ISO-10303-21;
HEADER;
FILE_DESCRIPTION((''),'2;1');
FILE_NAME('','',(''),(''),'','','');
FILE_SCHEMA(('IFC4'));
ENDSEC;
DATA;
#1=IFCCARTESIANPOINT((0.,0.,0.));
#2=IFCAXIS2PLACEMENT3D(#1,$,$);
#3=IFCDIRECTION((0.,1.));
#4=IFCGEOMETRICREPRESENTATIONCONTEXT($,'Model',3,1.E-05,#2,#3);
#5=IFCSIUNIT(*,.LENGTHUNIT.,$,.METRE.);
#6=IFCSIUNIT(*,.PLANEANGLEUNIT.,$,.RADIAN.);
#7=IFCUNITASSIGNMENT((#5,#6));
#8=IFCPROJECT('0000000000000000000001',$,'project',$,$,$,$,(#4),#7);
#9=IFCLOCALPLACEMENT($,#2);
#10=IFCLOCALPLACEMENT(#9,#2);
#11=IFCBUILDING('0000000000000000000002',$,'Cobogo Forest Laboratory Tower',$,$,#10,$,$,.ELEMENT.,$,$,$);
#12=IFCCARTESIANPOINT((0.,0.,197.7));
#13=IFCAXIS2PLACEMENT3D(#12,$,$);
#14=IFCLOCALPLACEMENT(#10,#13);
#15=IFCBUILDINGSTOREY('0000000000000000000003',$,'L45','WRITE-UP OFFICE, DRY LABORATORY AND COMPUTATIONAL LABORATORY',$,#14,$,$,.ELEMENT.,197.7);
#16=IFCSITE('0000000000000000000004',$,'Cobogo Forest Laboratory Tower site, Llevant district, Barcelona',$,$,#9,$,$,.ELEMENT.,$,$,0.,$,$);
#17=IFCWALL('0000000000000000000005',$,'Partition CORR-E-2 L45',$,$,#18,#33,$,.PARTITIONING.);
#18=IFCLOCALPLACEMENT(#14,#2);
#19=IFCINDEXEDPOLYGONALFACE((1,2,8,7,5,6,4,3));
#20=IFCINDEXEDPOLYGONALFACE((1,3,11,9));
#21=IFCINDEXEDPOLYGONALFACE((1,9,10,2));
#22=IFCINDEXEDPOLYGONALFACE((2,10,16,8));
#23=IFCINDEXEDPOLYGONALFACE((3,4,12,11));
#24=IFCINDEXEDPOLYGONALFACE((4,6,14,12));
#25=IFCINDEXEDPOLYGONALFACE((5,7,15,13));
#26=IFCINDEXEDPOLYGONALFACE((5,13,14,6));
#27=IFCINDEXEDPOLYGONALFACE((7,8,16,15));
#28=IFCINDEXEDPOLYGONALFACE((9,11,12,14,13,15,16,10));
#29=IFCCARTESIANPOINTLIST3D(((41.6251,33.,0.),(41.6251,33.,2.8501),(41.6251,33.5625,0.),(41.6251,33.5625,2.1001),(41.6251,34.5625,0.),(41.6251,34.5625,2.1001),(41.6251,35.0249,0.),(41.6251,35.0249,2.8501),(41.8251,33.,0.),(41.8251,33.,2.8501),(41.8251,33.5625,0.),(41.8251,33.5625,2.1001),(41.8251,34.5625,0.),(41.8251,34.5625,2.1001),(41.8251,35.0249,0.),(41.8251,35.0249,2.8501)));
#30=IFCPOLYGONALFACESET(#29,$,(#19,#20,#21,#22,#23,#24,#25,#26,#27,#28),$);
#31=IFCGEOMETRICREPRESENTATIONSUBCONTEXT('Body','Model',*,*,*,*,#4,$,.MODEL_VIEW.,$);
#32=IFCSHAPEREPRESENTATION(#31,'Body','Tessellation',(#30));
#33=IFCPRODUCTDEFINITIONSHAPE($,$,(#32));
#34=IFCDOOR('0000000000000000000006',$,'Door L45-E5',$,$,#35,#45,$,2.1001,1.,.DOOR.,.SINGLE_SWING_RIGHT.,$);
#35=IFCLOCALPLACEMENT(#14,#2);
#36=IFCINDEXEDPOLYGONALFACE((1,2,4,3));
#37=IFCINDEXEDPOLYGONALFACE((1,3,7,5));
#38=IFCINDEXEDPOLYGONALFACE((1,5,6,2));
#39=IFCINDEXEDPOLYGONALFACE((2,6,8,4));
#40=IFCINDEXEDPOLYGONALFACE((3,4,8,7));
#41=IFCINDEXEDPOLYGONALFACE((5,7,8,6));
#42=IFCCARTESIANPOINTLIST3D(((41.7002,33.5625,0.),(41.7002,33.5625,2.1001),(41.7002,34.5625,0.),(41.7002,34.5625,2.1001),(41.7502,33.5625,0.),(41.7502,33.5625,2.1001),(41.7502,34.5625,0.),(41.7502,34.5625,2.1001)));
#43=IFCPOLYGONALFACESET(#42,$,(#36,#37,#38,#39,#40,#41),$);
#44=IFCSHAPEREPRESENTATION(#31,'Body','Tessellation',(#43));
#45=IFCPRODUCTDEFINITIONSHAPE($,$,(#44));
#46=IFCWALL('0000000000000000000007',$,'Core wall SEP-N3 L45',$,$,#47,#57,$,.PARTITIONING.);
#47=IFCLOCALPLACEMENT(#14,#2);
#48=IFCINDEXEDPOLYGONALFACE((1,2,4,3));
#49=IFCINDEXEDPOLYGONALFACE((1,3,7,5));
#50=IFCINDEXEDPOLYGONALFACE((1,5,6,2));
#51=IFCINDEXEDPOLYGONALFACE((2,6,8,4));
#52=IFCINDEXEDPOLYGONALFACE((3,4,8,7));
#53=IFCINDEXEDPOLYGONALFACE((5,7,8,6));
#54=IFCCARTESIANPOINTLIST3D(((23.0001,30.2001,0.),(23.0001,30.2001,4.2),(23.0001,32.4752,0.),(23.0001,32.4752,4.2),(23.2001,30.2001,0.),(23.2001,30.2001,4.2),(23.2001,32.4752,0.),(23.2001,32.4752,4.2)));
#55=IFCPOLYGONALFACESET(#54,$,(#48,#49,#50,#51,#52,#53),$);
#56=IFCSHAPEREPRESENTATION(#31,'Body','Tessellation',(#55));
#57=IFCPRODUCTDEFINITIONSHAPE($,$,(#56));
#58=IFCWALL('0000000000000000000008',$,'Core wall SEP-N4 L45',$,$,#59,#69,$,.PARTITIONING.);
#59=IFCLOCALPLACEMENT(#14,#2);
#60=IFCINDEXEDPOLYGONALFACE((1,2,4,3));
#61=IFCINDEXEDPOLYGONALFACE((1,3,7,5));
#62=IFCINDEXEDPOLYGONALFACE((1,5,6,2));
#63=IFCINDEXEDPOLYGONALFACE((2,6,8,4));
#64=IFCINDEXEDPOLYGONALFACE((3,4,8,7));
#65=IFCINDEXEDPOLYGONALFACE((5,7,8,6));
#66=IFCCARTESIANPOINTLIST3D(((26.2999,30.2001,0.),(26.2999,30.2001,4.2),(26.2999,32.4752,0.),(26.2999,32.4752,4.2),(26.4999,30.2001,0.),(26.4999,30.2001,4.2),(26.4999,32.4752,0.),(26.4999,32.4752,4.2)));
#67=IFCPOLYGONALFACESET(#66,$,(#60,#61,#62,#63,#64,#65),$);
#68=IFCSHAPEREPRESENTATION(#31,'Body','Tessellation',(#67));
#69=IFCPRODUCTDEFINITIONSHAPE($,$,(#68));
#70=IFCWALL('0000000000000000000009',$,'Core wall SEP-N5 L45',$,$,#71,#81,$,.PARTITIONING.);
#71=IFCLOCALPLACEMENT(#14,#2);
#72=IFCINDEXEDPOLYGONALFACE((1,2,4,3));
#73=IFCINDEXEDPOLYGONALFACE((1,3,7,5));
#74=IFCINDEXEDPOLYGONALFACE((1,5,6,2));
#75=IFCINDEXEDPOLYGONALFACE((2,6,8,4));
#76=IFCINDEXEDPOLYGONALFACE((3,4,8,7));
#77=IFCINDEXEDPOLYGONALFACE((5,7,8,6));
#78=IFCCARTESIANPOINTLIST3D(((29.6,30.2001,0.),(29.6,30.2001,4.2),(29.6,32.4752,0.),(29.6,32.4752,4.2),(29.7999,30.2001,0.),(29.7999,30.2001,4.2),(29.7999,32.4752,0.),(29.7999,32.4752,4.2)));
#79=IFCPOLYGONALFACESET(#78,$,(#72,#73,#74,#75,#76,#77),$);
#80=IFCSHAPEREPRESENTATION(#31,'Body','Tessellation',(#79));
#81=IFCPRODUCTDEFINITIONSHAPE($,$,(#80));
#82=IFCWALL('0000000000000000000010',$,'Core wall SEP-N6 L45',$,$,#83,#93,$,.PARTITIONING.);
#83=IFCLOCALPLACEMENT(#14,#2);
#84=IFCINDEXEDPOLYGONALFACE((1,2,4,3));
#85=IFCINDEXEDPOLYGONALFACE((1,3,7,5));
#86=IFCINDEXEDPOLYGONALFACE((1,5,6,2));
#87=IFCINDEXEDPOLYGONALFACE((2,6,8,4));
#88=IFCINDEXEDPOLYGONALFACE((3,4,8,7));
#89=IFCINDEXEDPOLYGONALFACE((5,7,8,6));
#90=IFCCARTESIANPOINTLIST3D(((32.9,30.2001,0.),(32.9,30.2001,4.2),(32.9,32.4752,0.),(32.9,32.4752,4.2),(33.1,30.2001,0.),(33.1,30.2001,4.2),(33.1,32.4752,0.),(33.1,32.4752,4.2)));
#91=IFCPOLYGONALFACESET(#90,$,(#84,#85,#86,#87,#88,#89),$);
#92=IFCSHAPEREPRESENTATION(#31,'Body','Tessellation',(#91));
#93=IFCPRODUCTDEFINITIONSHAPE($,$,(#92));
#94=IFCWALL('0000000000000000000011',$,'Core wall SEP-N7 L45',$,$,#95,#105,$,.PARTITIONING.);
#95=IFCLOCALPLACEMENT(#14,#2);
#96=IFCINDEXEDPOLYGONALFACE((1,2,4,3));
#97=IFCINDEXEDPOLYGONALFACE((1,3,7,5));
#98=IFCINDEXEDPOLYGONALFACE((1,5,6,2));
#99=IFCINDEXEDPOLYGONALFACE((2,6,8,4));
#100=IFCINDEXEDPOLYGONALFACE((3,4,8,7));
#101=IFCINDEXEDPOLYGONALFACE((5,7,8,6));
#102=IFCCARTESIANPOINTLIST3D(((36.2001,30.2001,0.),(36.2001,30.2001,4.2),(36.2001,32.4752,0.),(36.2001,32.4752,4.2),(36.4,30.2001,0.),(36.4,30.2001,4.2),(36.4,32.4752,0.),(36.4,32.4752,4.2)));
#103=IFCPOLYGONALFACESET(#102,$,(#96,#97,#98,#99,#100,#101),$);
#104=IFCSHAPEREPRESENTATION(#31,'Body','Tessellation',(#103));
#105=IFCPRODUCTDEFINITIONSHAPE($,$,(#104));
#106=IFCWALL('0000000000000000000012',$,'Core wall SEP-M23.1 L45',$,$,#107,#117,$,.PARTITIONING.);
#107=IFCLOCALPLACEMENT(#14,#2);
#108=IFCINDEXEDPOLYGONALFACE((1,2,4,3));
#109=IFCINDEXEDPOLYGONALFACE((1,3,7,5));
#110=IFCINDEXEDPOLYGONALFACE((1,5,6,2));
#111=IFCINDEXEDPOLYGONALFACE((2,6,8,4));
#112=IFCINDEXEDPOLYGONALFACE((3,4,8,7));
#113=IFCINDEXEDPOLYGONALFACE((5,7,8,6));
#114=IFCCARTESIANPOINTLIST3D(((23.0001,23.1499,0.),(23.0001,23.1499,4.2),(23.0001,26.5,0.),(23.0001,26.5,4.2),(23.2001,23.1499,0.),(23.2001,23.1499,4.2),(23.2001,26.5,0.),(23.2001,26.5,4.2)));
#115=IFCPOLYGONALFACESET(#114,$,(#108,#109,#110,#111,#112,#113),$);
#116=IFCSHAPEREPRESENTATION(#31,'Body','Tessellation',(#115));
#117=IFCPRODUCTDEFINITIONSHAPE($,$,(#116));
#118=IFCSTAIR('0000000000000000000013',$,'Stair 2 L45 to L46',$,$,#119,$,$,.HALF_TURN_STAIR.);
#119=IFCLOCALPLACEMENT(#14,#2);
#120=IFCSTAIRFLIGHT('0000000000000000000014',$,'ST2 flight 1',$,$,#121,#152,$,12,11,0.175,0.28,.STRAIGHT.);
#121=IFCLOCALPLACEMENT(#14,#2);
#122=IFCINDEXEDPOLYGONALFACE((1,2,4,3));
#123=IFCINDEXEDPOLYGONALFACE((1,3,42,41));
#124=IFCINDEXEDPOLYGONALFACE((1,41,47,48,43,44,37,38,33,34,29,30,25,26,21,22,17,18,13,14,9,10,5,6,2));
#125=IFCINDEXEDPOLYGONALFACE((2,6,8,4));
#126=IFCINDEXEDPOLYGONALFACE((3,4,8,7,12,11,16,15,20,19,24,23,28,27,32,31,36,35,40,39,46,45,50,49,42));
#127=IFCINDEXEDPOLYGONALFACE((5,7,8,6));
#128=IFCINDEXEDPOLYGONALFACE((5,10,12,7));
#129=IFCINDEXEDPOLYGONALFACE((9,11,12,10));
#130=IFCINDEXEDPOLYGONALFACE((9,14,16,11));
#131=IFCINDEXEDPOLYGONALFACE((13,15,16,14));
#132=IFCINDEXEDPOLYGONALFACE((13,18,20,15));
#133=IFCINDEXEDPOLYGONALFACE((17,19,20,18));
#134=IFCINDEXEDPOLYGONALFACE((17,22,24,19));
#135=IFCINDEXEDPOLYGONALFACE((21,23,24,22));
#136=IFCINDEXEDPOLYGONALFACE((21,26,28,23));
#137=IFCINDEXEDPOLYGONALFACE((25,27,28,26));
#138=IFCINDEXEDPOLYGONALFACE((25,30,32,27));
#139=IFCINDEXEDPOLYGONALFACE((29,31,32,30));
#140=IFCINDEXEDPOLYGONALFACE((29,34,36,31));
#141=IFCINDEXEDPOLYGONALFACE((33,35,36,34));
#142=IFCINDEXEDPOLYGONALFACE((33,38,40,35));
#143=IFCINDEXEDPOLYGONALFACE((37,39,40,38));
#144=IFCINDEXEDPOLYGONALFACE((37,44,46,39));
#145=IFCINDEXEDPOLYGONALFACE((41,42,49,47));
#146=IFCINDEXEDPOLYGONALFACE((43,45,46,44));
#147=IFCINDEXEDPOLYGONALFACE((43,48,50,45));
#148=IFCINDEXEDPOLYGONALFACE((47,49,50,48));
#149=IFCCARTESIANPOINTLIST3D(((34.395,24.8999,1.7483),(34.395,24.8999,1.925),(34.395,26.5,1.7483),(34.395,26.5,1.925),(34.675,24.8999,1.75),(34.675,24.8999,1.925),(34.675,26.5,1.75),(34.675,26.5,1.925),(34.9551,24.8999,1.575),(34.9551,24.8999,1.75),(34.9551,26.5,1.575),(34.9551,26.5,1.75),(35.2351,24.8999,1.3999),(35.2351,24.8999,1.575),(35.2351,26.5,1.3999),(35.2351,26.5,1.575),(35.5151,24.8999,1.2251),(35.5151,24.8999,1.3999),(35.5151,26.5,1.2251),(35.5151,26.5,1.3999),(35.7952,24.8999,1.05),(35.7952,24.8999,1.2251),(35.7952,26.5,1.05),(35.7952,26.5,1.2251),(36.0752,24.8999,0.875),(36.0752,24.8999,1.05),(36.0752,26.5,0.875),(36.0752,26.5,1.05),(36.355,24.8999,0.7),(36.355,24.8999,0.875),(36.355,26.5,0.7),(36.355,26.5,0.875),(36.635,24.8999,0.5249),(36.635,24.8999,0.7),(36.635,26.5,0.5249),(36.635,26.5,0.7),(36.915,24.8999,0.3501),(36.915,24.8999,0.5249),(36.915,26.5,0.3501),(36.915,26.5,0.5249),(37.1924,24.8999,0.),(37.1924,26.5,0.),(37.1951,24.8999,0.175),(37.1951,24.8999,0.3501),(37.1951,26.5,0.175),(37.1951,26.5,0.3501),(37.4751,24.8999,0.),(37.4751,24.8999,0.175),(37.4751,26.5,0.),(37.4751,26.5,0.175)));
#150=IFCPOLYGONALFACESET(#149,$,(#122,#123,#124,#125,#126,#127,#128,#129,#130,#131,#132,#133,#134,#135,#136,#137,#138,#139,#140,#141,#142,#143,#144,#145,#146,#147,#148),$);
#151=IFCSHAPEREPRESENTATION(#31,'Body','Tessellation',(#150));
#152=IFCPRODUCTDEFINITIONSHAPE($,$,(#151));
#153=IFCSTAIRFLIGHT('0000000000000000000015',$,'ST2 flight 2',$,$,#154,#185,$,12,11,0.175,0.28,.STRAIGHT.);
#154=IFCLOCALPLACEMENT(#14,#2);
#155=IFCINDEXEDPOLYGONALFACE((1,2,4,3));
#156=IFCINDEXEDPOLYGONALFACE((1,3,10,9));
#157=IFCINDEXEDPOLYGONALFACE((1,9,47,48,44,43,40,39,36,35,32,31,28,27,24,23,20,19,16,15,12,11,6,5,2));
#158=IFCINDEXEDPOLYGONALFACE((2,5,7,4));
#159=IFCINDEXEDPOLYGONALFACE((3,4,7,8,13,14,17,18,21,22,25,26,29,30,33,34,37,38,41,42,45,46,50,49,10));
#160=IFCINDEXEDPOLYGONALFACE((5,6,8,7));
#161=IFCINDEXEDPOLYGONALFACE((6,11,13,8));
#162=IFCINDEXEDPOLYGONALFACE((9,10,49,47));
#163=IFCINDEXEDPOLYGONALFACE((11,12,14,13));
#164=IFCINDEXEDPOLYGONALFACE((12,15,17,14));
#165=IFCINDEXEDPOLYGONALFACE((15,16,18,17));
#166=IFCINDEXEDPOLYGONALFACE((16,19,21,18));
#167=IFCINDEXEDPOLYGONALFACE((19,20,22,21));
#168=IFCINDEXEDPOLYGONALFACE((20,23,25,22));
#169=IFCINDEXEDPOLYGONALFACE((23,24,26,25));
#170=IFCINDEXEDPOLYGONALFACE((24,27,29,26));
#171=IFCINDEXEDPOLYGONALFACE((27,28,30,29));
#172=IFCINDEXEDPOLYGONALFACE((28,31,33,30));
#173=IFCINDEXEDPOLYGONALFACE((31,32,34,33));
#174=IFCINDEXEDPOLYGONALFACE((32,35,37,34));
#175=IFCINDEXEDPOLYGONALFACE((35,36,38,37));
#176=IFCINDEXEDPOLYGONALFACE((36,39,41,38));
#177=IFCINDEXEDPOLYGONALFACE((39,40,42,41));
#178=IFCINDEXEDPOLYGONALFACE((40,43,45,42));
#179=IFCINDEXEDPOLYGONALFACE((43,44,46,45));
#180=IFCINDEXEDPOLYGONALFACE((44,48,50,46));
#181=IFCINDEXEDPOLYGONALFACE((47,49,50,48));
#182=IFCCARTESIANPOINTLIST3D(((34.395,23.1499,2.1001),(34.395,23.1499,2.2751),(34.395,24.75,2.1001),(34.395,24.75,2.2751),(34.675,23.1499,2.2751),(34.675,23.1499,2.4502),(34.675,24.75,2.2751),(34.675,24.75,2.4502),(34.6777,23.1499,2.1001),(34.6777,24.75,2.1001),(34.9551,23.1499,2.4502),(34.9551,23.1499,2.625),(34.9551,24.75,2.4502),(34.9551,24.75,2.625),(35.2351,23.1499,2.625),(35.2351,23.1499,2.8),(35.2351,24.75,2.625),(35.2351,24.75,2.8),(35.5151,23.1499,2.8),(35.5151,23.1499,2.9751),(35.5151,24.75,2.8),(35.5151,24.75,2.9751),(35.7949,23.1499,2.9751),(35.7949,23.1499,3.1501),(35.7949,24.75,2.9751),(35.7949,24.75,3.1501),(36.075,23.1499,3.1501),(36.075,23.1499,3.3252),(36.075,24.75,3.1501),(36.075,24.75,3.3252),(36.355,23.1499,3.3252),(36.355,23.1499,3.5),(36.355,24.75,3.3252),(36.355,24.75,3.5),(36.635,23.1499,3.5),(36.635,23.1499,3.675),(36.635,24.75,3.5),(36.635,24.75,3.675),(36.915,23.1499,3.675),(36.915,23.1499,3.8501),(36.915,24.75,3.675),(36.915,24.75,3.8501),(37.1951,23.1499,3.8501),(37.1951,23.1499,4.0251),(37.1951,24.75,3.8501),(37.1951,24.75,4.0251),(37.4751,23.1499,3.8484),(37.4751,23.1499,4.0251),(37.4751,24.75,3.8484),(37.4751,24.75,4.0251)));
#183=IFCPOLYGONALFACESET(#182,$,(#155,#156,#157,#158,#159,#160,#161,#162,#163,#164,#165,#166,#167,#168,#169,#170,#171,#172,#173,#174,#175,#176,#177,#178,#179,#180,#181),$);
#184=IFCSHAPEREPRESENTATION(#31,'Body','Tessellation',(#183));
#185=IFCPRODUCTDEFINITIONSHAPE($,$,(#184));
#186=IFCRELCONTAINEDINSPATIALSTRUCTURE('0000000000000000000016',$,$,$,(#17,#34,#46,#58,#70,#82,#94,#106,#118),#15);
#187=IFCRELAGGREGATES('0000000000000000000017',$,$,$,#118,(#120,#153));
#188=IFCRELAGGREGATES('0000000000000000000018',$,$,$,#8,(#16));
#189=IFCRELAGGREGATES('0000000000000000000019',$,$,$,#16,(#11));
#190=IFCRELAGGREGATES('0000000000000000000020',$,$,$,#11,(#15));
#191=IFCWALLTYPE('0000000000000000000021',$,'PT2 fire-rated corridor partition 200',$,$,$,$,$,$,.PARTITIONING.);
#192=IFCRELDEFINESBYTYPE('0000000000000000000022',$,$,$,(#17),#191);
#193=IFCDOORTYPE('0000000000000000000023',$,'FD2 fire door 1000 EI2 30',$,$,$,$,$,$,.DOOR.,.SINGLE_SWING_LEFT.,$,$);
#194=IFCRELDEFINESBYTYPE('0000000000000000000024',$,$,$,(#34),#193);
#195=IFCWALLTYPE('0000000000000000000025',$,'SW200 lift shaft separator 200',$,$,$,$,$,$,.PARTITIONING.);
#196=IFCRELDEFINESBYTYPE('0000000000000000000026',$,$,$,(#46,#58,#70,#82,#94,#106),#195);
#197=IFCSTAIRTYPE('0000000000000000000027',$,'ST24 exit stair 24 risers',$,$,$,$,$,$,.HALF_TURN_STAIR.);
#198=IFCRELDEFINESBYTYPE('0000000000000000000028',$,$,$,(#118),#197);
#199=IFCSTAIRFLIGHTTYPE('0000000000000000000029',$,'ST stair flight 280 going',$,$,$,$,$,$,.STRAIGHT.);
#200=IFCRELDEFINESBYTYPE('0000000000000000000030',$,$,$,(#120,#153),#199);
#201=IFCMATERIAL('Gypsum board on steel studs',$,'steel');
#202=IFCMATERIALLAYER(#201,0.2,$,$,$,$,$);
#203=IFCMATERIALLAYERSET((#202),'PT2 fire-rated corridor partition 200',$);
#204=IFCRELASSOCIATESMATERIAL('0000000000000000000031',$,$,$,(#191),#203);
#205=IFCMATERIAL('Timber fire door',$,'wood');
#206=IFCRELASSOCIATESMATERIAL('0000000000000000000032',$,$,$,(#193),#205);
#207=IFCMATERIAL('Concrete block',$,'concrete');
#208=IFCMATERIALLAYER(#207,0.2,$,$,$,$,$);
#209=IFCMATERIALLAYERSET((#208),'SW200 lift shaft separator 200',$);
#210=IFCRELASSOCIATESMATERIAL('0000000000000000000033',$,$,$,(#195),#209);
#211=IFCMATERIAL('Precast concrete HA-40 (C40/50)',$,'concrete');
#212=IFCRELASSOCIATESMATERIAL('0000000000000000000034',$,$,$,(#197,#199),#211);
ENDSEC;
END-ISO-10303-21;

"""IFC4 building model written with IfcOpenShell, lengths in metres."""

from ifc_helpers import new_model, si_unit, direction, frame, frame_2d, origin, place, context, subcontext, project, spatial, polyline, rectangle, outline, extrude, material, layer, layer_set, type_object, element, fill, aggregate, save


model = new_model("IFC4")

# Units and contexts
model_context = context("Model", 3, precision=1e-05, world=origin(), true_north=direction((0.0, 1.0)))
body_context = subcontext(model_context, "Body", "Model", "MODEL_VIEW")
ifc_project = project(units=[si_unit("LENGTHUNIT", "METRE"), si_unit("PLANEANGLEUNIT", "RADIAN")], contexts=[model_context])

# Site, building, storey
site_placement = place(None, origin())
site = spatial("IfcSite", under=ifc_project, at=site_placement, Name="Cobogo Forest Laboratory Tower site, Llevant district, Barcelona", CompositionType="ELEMENT", RefElevation=0.0)
building_placement = place(site_placement, origin())
building = spatial("IfcBuilding", under=site, at=building_placement, Name="Cobogo Forest Laboratory Tower", CompositionType="ELEMENT")
storey_placement = place(building_placement, frame((0.0, 0.0, 197.7)))
storey = spatial("IfcBuildingStorey", under=building, at=storey_placement, Name="L45", Description="WRITE-UP OFFICE, DRY LABORATORY AND COMPUTATIONAL LABORATORY", CompositionType="ELEMENT", Elevation=197.7)

# Shared definitions
ifc_material_1 = material(Name="Gypsum board on steel studs", Category="steel")

# Wall, opening, door
ifc_layer_1 = layer(ifc_material_1, 0.2)
ifc_layer_set_1 = layer_set([ifc_layer_1], Name="PT2 fire-rated corridor partition 200")
wall_type_1 = type_object("IfcWallType", Name="PT2 fire-rated corridor partition 200", PredefinedType="PARTITIONING", material=ifc_layer_set_1)
wall_1_placement = place(storey_placement, frame((41.7251, 33.0, 0.0), z_axis=(0.0, 0.0, 1.0), x_axis=(0.0, 1.0, 0.0)))
wall_1 = element("IfcWall", 1, at=wall_1_placement, inside=storey, type_object=wall_type_1, Name="Partition CORR-E-2 L45", PredefinedType="PARTITIONING", context=body_context, shape_type="SweptSolid", body=[
    extrude(rectangle(XDim=2.0249, YDim=0.2, at=frame_2d((1.0125, 0.0))), origin(), (0.0, 0.0, 1.0), 2.8501),
])
opening_placement = place(wall_1_placement, frame((0.5625, 0.0, 0.0)))
opening = element("IfcOpeningElement", 2, at=opening_placement, cuts=wall_1, PredefinedType="OPENING", context=body_context, shape_type="SweptSolid", body=[
    extrude(rectangle(XDim=1.0, YDim=2.1001, at=frame_2d((0.5, 1.05))), frame((0.0, 0.1099, 0.0), z_axis=(0.0, -1.0, 0.0), x_axis=(1.0, 0.0, 0.0)), (0.0, 0.0, 1.0), 0.22),
])
ifc_material_2 = material(Name="Timber fire door", Category="wood")
door_type = type_object("IfcDoorType", Name="FD2 fire door 1000 EI2 30", OperationType="SINGLE_SWING_LEFT", PredefinedType="DOOR", material=ifc_material_2)
door_placement = place(opening_placement, origin())
door = element("IfcDoor", 3, at=door_placement, inside=storey, type_object=door_type, Name="Door L45-E5", OperationType="SINGLE_SWING_RIGHT", OverallHeight=2.1001, OverallWidth=1.0, PredefinedType="DOOR", context=body_context, shape_type="SweptSolid", body=[
    extrude(rectangle(XDim=1.0, YDim=2.1001, at=frame_2d((0.5, 1.05))), frame((0.0, 0.0249, 0.0), z_axis=(0.0, -1.0, 0.0), x_axis=(1.0, 0.0, 0.0)), (0.0, 0.0, 1.0), 0.05),
])
fill(opening, door)

# Walls
ifc_material_3 = material(Name="Concrete block", Category="concrete")
ifc_layer_2 = layer(ifc_material_3, 0.2)
ifc_layer_set_2 = layer_set([ifc_layer_2], Name="SW200 lift shaft separator 200")
wall_type_2 = type_object("IfcWallType", Name="SW200 lift shaft separator 200", PredefinedType="PARTITIONING", material=ifc_layer_set_2)
for number, where, z_axis, x_axis, name in (
    (4, (23.1001, 30.2, 0.0), (0.0, 0.0, 1.0), (0.0, 1.0, 0.0), "Core wall SEP-N3 L45"),
    (5, (26.3999, 30.2, 0.0), (0.0, 0.0, 1.0), (0.0, 1.0, 0.0), "Core wall SEP-N4 L45"),
    (6, (29.7, 30.2, 0.0), (0.0, 0.0, 1.0), (0.0, 1.0, 0.0), "Core wall SEP-N5 L45"),
    (7, (33.0, 30.2, 0.0), (0.0, 0.0, 1.0), (0.0, 1.0, 0.0), "Core wall SEP-N6 L45"),
    (8, (36.3, 30.2, 0.0), (0.0, 0.0, 1.0), (0.0, 1.0, 0.0), "Core wall SEP-N7 L45"),
):
    element("IfcWall", number, at=place(storey_placement, frame(where, z_axis=z_axis, x_axis=x_axis)), inside=storey, type_object=wall_type_2, Name=name, PredefinedType="PARTITIONING", context=body_context, shape_type="SweptSolid", body=[
        extrude(rectangle(XDim=2.2751, YDim=0.2, at=frame_2d((1.1377, 0.0))), origin(), (0.0, 0.0, 1.0), 4.2),
    ])
wall_2_placement = place(storey_placement, frame((23.1001, 23.1499, 0.0), z_axis=(0.0, 0.0, 1.0), x_axis=(0.0, 1.0, 0.0)))
element("IfcWall", 9, at=wall_2_placement, inside=storey, type_object=wall_type_2, Name="Core wall SEP-M23.1 L45", PredefinedType="PARTITIONING", context=body_context, shape_type="SweptSolid", body=[
    extrude(rectangle(XDim=3.3501, YDim=0.2, at=frame_2d((1.675, 0.0))), origin(), (0.0, 0.0, 1.0), 4.2),
])

# Stair, stair flights
ifc_material_4 = material(Name="Precast concrete HA-40 (C40/50)", Category="concrete")
stair_type = type_object("IfcStairType", Name="ST24 exit stair 24 risers", PredefinedType="HALF_TURN_STAIR", material=ifc_material_4)
stair_placement = place(storey_placement, origin())
stair = element("IfcStair", 10, at=stair_placement, inside=storey, type_object=stair_type, Name="Stair 2 L45 to L46", PredefinedType="HALF_TURN_STAIR")
stair_flight_type = type_object("IfcStairFlightType", Name="ST stair flight 280 going", PredefinedType="STRAIGHT", material=ifc_material_4)
stair_flight_1_placement = place(storey_placement, frame((37.4751, 25.7, 0.0), z_axis=(0.0, 0.0, 1.0), x_axis=(-1.0, 0.0, 0.0)))
stair_flight_1 = element("IfcStairFlight", 11, at=stair_flight_1_placement, type_object=stair_flight_type, Name="ST2 flight 1", NumberOfRisers=12, NumberOfTreads=11, PredefinedType="STRAIGHT", RiserHeight=0.175, TreadLength=0.28, context=body_context, shape_type="SweptSolid", body=[
    extrude(outline(polyline([(0.0, 0.0), (0.0, 0.175), (0.28, 0.175), (0.28, 0.3501), (0.5601, 0.3501), (0.5601, 0.5249), (0.8401, 0.5249), (0.8401, 0.7), (1.1201, 0.7), (1.1201, 0.875), (1.3999, 0.875), (1.3999, 1.05), (1.6799, 1.05), (1.6799, 1.2251), (1.96, 1.2251), (1.96, 1.3999), (2.24, 1.3999), (2.24, 1.575), (2.52, 1.575), (2.52, 1.75), (2.8, 1.75), (2.8, 1.925), (3.0801, 1.925), (3.0801, 2.1001), (3.0801, 1.7483), (0.2827, 0.0), (0.0, 0.0)])), frame((0.0, 0.8, 0.0), z_axis=(0.0, -1.0, 0.0), x_axis=(1.0, 0.0, 0.0)), (0.0, 0.0, 1.0), 1.6001),
])
stair_flight_2_placement = place(storey_placement, frame((34.395, 23.95, 2.1001), z_axis=(0.0, 0.0, 1.0), x_axis=(1.0, 0.0, 0.0)))
stair_flight_2 = element("IfcStairFlight", 12, at=stair_flight_2_placement, type_object=stair_flight_type, Name="ST2 flight 2", NumberOfRisers=12, NumberOfTreads=11, PredefinedType="STRAIGHT", RiserHeight=0.175, TreadLength=0.28, context=body_context, shape_type="SweptSolid", body=[
    extrude(outline(polyline([(0.0, 0.0), (0.0, 0.175), (0.28, 0.175), (0.28, 0.3501), (0.5601, 0.3501), (0.5601, 0.5249), (0.8401, 0.5249), (0.8401, 0.7), (1.1201, 0.7), (1.1201, 0.875), (1.3999, 0.875), (1.3999, 1.05), (1.6799, 1.05), (1.6799, 1.2251), (1.96, 1.2251), (1.96, 1.3999), (2.24, 1.3999), (2.24, 1.575), (2.52, 1.575), (2.52, 1.75), (2.8, 1.75), (2.8, 1.925), (3.0801, 1.925), (3.0801, 2.1001), (3.0801, 1.7483), (0.2827, 0.0), (0.0, 0.0)])), frame((0.0, 0.8, 0.0), z_axis=(0.0, -1.0, 0.0), x_axis=(1.0, 0.0, 0.0)), (0.0, 0.0, 1.0), 1.6001),
])
aggregate(stair, [stair_flight_1, stair_flight_2])

save(model, "model.ifc")
